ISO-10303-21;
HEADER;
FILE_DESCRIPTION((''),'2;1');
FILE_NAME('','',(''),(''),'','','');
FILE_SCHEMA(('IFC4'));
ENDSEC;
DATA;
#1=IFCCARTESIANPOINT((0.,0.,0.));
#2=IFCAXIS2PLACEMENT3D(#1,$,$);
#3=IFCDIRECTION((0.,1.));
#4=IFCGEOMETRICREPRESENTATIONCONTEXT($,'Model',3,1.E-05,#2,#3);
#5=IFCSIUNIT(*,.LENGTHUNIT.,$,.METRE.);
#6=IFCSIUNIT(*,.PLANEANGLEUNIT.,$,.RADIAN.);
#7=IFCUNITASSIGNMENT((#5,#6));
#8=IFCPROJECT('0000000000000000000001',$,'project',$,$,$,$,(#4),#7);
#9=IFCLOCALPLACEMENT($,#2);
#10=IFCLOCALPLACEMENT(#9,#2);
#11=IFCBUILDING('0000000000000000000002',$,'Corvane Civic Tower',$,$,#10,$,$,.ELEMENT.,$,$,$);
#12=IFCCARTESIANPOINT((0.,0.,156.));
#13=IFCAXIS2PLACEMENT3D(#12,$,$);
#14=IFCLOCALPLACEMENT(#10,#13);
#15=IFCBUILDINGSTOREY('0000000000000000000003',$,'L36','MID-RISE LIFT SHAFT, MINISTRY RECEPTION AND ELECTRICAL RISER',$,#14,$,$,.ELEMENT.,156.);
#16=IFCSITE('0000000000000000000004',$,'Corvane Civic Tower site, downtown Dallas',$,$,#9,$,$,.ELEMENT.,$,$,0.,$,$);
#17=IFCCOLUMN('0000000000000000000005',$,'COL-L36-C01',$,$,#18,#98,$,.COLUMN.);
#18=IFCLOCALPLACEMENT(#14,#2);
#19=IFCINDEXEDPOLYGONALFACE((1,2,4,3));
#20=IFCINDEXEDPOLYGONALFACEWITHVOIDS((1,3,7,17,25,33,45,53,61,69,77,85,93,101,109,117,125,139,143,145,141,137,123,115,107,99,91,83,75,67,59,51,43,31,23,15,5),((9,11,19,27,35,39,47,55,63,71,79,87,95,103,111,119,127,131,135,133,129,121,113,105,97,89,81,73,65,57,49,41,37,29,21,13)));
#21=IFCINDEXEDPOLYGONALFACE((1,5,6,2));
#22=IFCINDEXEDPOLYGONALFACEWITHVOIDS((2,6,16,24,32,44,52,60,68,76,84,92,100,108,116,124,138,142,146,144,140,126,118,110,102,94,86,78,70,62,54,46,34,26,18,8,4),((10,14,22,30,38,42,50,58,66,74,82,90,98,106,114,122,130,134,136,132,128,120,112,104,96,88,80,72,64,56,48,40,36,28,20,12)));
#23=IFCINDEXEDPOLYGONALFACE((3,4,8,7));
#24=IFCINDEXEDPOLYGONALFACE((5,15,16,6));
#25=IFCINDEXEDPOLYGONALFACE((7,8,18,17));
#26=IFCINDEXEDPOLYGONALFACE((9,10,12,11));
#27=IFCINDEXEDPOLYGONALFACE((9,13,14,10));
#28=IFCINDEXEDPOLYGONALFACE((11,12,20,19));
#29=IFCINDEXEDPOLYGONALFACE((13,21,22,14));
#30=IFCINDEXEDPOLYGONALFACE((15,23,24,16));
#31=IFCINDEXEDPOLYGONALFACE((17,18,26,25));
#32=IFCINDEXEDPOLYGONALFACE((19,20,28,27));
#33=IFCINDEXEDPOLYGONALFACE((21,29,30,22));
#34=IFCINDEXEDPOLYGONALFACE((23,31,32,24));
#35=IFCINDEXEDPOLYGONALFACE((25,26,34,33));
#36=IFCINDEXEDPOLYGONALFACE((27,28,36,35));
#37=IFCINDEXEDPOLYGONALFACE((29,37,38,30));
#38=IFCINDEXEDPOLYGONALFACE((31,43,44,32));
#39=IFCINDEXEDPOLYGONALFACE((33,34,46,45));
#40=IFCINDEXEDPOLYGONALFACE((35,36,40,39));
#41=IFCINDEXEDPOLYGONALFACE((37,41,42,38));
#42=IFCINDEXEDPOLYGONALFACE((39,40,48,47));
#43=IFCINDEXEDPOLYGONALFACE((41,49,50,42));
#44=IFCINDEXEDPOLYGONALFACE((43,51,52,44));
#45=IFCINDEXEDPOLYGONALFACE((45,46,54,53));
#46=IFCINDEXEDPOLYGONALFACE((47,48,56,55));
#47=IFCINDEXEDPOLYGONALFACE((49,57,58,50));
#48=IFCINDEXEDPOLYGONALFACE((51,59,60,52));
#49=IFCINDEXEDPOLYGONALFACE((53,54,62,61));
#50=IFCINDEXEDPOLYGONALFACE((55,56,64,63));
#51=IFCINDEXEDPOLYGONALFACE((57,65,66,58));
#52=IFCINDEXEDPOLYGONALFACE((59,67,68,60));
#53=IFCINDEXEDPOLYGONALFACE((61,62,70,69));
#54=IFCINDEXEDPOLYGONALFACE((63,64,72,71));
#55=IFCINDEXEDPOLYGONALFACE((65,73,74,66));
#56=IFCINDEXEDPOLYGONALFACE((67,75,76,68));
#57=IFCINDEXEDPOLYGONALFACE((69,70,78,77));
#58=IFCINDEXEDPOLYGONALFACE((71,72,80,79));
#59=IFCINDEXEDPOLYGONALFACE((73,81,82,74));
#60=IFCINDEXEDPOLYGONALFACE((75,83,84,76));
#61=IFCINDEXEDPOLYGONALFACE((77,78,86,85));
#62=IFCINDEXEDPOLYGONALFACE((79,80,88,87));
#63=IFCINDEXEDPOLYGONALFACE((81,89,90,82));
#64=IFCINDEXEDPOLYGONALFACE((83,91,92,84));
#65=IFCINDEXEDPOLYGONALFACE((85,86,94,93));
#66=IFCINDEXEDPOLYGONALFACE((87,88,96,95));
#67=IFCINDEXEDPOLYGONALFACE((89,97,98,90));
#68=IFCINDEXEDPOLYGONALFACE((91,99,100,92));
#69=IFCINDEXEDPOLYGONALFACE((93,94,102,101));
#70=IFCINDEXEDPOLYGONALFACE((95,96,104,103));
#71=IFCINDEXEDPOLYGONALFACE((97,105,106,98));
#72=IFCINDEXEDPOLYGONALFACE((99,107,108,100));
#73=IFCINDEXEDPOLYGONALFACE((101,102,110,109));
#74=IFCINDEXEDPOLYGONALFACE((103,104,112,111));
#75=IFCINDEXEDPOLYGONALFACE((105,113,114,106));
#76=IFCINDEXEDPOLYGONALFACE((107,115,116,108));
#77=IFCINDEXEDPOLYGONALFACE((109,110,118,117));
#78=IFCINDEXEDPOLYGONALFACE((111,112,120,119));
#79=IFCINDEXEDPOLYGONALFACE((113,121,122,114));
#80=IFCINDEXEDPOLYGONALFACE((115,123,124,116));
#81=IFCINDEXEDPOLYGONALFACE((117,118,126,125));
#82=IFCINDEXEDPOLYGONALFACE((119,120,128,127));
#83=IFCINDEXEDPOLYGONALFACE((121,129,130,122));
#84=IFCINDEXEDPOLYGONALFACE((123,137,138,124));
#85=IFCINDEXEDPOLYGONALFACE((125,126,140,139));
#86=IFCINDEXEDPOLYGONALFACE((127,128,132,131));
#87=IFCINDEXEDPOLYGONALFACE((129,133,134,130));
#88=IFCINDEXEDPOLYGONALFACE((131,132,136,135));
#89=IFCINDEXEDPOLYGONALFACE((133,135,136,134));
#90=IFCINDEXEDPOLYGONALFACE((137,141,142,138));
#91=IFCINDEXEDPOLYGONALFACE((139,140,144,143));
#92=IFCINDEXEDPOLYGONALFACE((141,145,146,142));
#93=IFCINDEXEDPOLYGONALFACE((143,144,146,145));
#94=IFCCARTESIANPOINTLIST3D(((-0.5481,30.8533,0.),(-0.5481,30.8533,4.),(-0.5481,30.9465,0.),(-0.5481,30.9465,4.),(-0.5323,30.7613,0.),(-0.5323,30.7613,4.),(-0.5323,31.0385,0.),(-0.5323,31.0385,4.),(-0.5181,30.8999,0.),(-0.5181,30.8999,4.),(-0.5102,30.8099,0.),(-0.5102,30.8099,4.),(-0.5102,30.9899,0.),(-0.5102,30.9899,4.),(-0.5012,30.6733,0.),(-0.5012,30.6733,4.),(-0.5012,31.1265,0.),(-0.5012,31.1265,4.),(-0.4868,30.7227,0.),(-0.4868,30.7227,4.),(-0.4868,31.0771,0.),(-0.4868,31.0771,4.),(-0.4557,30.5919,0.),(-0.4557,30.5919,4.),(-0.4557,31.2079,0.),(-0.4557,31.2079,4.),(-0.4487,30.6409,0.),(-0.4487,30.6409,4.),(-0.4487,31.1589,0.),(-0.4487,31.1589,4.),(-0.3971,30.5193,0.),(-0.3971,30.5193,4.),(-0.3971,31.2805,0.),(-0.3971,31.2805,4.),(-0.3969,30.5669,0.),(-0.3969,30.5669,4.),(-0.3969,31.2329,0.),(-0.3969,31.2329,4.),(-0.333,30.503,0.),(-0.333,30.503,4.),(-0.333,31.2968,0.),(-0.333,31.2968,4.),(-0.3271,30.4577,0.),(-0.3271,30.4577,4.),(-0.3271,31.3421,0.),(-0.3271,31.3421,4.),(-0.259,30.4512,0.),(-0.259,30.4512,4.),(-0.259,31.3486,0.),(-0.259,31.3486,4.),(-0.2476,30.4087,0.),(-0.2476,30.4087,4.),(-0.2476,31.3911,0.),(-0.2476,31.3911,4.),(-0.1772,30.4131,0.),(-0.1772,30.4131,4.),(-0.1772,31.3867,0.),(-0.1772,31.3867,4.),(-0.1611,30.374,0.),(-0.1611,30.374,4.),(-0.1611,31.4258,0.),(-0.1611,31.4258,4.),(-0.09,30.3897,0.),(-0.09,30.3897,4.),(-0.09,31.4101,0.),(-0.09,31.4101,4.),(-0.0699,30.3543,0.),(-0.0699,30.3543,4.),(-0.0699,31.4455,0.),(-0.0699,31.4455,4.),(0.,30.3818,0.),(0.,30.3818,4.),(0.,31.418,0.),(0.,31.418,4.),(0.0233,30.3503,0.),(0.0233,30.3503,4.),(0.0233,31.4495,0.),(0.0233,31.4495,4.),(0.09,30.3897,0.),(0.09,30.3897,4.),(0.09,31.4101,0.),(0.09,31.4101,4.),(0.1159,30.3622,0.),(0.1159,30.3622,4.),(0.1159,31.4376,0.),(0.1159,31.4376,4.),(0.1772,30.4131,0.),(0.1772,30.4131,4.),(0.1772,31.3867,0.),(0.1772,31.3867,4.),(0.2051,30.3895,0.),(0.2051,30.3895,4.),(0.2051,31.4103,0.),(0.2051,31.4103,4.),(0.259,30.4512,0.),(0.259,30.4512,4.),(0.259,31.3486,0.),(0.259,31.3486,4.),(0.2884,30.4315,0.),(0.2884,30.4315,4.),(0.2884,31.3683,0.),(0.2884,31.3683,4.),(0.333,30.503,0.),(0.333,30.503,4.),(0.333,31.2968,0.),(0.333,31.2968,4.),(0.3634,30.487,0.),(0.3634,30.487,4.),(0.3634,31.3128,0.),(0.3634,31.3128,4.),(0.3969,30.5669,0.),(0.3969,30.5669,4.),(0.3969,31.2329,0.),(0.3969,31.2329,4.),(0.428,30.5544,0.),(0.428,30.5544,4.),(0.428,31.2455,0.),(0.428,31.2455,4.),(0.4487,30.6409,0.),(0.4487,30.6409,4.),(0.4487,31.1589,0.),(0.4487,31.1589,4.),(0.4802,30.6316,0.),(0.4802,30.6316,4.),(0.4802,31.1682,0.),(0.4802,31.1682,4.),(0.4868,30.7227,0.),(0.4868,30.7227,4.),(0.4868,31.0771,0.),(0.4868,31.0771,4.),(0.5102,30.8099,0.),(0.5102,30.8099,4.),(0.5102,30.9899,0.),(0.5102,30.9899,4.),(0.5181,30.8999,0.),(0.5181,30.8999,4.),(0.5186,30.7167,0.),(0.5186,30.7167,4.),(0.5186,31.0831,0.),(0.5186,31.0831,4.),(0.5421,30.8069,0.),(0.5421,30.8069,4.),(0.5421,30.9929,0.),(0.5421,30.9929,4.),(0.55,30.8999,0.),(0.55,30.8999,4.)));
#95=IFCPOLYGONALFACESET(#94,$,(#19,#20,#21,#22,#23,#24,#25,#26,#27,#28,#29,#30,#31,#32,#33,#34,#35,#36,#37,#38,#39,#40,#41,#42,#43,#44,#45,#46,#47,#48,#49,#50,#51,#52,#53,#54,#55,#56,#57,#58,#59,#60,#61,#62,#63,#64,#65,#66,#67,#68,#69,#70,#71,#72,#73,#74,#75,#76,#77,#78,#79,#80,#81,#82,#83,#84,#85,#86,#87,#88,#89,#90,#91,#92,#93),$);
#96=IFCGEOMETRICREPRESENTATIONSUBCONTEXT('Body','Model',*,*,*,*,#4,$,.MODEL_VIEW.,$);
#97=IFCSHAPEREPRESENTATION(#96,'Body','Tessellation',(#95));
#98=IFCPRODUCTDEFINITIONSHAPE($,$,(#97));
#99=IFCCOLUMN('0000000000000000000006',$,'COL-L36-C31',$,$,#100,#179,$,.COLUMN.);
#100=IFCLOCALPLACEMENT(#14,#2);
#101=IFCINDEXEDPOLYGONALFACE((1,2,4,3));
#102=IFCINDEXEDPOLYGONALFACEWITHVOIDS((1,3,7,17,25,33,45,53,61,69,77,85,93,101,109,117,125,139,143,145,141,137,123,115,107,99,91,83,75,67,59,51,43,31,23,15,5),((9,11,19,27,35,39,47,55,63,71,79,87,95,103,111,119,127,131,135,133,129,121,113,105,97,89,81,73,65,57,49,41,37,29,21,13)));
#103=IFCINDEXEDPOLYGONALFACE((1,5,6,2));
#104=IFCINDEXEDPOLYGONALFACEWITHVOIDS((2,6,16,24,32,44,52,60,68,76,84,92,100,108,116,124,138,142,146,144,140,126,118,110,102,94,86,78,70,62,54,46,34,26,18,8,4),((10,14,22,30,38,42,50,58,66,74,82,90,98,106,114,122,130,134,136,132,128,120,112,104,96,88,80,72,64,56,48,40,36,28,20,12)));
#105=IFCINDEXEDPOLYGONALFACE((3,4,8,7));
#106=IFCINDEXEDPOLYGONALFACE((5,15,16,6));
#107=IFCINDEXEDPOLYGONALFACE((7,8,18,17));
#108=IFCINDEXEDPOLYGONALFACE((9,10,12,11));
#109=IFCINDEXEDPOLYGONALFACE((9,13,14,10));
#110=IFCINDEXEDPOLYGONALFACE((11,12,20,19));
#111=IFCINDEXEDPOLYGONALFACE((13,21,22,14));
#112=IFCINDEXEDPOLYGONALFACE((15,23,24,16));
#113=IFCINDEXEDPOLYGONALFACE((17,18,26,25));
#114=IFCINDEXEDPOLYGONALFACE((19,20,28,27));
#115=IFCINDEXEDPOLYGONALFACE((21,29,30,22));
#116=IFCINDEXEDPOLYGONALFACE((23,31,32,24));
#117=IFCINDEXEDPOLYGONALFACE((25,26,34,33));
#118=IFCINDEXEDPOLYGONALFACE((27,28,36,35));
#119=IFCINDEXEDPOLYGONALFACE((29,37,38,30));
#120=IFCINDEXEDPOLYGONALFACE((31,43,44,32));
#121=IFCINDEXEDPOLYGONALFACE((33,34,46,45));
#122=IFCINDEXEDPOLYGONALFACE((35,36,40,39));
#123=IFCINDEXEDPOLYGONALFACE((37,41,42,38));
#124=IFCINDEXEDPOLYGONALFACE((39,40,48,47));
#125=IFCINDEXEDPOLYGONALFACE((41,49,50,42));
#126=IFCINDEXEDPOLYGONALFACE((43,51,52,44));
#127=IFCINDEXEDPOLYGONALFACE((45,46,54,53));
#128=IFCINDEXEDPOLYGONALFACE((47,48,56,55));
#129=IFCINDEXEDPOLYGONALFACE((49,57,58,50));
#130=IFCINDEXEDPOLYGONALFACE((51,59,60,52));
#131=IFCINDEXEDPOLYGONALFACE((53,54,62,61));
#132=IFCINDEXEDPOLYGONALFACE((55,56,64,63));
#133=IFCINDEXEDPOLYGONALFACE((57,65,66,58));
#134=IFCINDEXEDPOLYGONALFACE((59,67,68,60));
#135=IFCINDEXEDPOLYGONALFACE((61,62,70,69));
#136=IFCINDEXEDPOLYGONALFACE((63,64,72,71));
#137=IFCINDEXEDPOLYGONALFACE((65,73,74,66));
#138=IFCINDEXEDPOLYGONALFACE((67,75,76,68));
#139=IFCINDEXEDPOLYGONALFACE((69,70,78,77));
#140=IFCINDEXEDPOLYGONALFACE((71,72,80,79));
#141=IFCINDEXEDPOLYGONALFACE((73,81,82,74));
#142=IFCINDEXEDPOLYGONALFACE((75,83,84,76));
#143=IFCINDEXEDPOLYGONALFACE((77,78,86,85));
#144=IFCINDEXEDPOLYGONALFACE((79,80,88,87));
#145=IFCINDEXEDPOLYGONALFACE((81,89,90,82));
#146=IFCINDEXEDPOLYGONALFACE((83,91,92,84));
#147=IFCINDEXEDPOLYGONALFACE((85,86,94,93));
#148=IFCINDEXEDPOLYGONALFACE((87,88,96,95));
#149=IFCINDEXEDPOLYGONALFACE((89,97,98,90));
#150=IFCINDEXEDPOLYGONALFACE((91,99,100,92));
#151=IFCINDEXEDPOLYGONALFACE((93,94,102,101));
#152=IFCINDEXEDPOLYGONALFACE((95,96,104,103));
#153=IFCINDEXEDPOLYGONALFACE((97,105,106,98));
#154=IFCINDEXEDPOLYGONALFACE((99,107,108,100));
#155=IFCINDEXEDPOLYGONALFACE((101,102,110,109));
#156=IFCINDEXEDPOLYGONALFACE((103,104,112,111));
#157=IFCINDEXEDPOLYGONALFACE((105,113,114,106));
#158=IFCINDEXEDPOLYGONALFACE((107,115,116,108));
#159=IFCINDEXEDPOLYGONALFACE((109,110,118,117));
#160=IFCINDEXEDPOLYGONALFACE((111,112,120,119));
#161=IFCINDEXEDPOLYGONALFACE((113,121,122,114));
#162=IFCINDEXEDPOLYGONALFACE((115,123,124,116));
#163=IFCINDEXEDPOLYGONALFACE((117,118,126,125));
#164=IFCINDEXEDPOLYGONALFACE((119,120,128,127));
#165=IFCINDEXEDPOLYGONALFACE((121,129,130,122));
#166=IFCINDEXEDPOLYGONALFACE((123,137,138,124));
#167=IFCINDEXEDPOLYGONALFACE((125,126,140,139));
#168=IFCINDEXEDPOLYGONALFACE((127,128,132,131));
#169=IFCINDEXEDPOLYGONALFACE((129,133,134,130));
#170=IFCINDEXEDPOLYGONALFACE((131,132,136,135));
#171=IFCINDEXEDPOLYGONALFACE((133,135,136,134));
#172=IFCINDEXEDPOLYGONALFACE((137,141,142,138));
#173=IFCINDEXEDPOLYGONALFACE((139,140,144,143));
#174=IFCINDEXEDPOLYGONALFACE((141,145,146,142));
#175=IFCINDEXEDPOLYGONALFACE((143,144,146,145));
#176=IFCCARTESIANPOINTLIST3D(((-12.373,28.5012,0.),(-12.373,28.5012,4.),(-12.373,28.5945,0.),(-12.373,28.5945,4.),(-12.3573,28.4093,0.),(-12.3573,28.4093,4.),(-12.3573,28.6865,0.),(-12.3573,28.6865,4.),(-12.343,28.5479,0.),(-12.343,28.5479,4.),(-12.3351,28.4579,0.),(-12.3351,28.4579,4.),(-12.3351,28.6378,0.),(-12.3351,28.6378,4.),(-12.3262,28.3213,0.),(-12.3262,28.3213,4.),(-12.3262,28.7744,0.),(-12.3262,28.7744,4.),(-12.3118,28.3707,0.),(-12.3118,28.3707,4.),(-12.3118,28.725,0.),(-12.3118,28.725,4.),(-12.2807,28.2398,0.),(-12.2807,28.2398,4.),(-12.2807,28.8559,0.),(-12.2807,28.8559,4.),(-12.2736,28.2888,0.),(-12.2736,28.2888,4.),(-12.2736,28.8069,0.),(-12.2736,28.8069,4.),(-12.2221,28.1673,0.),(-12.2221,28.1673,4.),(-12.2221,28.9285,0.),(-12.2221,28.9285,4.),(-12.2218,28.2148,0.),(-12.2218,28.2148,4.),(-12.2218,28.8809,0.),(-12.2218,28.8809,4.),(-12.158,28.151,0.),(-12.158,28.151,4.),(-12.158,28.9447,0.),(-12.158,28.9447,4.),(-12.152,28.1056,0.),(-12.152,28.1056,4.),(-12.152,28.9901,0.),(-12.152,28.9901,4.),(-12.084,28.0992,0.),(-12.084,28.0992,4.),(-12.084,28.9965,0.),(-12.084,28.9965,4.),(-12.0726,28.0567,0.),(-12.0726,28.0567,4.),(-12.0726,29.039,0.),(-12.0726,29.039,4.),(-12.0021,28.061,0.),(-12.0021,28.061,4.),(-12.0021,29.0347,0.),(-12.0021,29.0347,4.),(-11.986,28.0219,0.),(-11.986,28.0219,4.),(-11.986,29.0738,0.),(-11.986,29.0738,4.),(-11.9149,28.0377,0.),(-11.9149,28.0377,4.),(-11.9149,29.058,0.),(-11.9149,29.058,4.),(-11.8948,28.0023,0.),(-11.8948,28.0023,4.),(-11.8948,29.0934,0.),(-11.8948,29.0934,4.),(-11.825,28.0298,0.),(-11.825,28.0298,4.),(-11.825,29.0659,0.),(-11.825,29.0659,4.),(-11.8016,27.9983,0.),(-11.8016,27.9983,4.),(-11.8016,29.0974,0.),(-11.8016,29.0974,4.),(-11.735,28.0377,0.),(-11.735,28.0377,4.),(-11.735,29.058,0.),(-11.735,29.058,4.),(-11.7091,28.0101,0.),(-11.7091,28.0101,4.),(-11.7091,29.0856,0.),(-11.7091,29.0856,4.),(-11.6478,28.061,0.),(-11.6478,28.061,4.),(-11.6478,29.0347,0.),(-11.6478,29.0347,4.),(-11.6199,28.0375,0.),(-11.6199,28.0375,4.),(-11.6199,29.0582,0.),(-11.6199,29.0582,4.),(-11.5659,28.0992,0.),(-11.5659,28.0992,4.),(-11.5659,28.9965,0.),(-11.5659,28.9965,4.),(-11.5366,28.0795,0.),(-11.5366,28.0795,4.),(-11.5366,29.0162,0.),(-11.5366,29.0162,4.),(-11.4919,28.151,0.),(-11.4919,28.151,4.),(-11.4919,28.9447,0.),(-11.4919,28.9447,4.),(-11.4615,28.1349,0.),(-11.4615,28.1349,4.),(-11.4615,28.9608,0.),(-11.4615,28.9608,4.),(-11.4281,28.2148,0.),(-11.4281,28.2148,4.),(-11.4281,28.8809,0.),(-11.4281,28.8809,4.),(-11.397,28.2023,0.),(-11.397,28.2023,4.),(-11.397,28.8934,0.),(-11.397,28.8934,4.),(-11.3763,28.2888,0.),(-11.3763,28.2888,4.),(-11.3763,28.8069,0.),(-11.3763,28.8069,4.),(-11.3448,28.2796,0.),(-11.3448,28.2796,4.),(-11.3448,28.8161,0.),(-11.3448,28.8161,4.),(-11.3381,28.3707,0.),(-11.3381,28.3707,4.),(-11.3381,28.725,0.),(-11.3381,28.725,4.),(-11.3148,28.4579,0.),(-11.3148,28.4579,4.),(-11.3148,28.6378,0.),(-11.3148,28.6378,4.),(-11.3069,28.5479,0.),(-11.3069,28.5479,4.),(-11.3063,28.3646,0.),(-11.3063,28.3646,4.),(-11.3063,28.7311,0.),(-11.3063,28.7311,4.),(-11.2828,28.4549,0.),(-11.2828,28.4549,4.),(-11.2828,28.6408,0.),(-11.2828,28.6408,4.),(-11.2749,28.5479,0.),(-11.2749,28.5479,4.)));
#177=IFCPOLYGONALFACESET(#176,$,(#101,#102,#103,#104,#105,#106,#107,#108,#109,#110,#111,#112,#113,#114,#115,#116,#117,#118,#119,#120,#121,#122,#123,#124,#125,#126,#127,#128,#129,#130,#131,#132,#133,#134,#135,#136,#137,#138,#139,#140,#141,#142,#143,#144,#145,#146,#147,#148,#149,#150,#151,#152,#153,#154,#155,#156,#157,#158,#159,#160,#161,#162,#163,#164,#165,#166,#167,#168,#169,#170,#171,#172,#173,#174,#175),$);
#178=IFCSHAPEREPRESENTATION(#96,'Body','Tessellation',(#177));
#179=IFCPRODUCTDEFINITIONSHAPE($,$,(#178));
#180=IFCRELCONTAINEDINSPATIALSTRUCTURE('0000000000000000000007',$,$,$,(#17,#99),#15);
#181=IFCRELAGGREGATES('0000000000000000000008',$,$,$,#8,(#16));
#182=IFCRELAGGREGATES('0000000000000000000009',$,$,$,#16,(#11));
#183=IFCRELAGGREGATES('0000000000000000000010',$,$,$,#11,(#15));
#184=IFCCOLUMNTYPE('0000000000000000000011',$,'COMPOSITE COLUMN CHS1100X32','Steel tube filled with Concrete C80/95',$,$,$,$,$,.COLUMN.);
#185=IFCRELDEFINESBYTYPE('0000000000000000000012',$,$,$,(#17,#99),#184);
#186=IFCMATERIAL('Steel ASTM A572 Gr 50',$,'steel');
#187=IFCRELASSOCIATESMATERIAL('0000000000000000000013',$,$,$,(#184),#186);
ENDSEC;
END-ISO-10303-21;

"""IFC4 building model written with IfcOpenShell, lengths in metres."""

from ifc_helpers import new_model, si_unit, direction, frame, origin, origin_2d, place, context, subcontext, project, spatial, hollow_circle, extrude, material, material_profile, profile_set, type_object, element, save


model = new_model("IFC4")

# Units and contexts
model_context = context("Model", 3, precision=1e-05, world=origin(), true_north=direction((0.0, 1.0)))
body_context = subcontext(model_context, "Body", "Model", "MODEL_VIEW")
ifc_project = project(units=[si_unit("LENGTHUNIT", "METRE"), si_unit("PLANEANGLEUNIT", "RADIAN")], contexts=[model_context])

# Site, building, storey
site_placement = place(None, origin())
site = spatial("IfcSite", under=ifc_project, at=site_placement, Name="Corvane Civic Tower site, downtown Dallas", CompositionType="ELEMENT", RefElevation=0.0)
building_placement = place(site_placement, origin())
building = spatial("IfcBuilding", under=site, at=building_placement, Name="Corvane Civic Tower", CompositionType="ELEMENT")
storey_placement = place(building_placement, frame((0.0, 0.0, 156.0)))
storey = spatial("IfcBuildingStorey", under=building, at=storey_placement, Name="L36", Description="MID-RISE LIFT SHAFT, MINISTRY RECEPTION AND ELECTRICAL RISER", CompositionType="ELEMENT", Elevation=156.0)

# Columns
ifc_material_1 = material(Name="Steel ASTM A572 Gr 50", Category="steel")
ifc_material_profile_1 = material_profile(ifc_material_1, hollow_circle(Radius=0.55, WallThickness=0.032, at=origin_2d()), Name="CHS1100X32")
ifc_profile_set_1 = profile_set([ifc_material_profile_1], Name="Steel ASTM A572 Gr 50")
column_type = type_object("IfcColumnType", Name="COMPOSITE COLUMN CHS1100X32", Description="Steel tube filled with Concrete C80/95", PredefinedType="COLUMN", material=ifc_profile_set_1)
for number, where, z_axis, x_axis, name in (
    (1, (0.0, 30.8999, 0.0), (0.0, 0.0, 1.0), (1.0, 0.0, 0.0), "COL-L36-C01"),
    (2, (-11.825, 28.5479, 0.0), (0.0, 0.0, 1.0), (1.0, 0.0, 0.0), "COL-L36-C31"),
):
    element("IfcColumn", number, at=place(storey_placement, frame(where, z_axis=z_axis, x_axis=x_axis)), inside=storey, type_object=column_type, Name=name, PredefinedType="COLUMN", context=body_context, shape_type="SweptSolid", body=[
        extrude(hollow_circle(Radius=0.55, WallThickness=0.032, at=origin_2d()), origin(), (0.0, 0.0, 1.0), 4.0),
    ])

save(model, "model.ifc")
